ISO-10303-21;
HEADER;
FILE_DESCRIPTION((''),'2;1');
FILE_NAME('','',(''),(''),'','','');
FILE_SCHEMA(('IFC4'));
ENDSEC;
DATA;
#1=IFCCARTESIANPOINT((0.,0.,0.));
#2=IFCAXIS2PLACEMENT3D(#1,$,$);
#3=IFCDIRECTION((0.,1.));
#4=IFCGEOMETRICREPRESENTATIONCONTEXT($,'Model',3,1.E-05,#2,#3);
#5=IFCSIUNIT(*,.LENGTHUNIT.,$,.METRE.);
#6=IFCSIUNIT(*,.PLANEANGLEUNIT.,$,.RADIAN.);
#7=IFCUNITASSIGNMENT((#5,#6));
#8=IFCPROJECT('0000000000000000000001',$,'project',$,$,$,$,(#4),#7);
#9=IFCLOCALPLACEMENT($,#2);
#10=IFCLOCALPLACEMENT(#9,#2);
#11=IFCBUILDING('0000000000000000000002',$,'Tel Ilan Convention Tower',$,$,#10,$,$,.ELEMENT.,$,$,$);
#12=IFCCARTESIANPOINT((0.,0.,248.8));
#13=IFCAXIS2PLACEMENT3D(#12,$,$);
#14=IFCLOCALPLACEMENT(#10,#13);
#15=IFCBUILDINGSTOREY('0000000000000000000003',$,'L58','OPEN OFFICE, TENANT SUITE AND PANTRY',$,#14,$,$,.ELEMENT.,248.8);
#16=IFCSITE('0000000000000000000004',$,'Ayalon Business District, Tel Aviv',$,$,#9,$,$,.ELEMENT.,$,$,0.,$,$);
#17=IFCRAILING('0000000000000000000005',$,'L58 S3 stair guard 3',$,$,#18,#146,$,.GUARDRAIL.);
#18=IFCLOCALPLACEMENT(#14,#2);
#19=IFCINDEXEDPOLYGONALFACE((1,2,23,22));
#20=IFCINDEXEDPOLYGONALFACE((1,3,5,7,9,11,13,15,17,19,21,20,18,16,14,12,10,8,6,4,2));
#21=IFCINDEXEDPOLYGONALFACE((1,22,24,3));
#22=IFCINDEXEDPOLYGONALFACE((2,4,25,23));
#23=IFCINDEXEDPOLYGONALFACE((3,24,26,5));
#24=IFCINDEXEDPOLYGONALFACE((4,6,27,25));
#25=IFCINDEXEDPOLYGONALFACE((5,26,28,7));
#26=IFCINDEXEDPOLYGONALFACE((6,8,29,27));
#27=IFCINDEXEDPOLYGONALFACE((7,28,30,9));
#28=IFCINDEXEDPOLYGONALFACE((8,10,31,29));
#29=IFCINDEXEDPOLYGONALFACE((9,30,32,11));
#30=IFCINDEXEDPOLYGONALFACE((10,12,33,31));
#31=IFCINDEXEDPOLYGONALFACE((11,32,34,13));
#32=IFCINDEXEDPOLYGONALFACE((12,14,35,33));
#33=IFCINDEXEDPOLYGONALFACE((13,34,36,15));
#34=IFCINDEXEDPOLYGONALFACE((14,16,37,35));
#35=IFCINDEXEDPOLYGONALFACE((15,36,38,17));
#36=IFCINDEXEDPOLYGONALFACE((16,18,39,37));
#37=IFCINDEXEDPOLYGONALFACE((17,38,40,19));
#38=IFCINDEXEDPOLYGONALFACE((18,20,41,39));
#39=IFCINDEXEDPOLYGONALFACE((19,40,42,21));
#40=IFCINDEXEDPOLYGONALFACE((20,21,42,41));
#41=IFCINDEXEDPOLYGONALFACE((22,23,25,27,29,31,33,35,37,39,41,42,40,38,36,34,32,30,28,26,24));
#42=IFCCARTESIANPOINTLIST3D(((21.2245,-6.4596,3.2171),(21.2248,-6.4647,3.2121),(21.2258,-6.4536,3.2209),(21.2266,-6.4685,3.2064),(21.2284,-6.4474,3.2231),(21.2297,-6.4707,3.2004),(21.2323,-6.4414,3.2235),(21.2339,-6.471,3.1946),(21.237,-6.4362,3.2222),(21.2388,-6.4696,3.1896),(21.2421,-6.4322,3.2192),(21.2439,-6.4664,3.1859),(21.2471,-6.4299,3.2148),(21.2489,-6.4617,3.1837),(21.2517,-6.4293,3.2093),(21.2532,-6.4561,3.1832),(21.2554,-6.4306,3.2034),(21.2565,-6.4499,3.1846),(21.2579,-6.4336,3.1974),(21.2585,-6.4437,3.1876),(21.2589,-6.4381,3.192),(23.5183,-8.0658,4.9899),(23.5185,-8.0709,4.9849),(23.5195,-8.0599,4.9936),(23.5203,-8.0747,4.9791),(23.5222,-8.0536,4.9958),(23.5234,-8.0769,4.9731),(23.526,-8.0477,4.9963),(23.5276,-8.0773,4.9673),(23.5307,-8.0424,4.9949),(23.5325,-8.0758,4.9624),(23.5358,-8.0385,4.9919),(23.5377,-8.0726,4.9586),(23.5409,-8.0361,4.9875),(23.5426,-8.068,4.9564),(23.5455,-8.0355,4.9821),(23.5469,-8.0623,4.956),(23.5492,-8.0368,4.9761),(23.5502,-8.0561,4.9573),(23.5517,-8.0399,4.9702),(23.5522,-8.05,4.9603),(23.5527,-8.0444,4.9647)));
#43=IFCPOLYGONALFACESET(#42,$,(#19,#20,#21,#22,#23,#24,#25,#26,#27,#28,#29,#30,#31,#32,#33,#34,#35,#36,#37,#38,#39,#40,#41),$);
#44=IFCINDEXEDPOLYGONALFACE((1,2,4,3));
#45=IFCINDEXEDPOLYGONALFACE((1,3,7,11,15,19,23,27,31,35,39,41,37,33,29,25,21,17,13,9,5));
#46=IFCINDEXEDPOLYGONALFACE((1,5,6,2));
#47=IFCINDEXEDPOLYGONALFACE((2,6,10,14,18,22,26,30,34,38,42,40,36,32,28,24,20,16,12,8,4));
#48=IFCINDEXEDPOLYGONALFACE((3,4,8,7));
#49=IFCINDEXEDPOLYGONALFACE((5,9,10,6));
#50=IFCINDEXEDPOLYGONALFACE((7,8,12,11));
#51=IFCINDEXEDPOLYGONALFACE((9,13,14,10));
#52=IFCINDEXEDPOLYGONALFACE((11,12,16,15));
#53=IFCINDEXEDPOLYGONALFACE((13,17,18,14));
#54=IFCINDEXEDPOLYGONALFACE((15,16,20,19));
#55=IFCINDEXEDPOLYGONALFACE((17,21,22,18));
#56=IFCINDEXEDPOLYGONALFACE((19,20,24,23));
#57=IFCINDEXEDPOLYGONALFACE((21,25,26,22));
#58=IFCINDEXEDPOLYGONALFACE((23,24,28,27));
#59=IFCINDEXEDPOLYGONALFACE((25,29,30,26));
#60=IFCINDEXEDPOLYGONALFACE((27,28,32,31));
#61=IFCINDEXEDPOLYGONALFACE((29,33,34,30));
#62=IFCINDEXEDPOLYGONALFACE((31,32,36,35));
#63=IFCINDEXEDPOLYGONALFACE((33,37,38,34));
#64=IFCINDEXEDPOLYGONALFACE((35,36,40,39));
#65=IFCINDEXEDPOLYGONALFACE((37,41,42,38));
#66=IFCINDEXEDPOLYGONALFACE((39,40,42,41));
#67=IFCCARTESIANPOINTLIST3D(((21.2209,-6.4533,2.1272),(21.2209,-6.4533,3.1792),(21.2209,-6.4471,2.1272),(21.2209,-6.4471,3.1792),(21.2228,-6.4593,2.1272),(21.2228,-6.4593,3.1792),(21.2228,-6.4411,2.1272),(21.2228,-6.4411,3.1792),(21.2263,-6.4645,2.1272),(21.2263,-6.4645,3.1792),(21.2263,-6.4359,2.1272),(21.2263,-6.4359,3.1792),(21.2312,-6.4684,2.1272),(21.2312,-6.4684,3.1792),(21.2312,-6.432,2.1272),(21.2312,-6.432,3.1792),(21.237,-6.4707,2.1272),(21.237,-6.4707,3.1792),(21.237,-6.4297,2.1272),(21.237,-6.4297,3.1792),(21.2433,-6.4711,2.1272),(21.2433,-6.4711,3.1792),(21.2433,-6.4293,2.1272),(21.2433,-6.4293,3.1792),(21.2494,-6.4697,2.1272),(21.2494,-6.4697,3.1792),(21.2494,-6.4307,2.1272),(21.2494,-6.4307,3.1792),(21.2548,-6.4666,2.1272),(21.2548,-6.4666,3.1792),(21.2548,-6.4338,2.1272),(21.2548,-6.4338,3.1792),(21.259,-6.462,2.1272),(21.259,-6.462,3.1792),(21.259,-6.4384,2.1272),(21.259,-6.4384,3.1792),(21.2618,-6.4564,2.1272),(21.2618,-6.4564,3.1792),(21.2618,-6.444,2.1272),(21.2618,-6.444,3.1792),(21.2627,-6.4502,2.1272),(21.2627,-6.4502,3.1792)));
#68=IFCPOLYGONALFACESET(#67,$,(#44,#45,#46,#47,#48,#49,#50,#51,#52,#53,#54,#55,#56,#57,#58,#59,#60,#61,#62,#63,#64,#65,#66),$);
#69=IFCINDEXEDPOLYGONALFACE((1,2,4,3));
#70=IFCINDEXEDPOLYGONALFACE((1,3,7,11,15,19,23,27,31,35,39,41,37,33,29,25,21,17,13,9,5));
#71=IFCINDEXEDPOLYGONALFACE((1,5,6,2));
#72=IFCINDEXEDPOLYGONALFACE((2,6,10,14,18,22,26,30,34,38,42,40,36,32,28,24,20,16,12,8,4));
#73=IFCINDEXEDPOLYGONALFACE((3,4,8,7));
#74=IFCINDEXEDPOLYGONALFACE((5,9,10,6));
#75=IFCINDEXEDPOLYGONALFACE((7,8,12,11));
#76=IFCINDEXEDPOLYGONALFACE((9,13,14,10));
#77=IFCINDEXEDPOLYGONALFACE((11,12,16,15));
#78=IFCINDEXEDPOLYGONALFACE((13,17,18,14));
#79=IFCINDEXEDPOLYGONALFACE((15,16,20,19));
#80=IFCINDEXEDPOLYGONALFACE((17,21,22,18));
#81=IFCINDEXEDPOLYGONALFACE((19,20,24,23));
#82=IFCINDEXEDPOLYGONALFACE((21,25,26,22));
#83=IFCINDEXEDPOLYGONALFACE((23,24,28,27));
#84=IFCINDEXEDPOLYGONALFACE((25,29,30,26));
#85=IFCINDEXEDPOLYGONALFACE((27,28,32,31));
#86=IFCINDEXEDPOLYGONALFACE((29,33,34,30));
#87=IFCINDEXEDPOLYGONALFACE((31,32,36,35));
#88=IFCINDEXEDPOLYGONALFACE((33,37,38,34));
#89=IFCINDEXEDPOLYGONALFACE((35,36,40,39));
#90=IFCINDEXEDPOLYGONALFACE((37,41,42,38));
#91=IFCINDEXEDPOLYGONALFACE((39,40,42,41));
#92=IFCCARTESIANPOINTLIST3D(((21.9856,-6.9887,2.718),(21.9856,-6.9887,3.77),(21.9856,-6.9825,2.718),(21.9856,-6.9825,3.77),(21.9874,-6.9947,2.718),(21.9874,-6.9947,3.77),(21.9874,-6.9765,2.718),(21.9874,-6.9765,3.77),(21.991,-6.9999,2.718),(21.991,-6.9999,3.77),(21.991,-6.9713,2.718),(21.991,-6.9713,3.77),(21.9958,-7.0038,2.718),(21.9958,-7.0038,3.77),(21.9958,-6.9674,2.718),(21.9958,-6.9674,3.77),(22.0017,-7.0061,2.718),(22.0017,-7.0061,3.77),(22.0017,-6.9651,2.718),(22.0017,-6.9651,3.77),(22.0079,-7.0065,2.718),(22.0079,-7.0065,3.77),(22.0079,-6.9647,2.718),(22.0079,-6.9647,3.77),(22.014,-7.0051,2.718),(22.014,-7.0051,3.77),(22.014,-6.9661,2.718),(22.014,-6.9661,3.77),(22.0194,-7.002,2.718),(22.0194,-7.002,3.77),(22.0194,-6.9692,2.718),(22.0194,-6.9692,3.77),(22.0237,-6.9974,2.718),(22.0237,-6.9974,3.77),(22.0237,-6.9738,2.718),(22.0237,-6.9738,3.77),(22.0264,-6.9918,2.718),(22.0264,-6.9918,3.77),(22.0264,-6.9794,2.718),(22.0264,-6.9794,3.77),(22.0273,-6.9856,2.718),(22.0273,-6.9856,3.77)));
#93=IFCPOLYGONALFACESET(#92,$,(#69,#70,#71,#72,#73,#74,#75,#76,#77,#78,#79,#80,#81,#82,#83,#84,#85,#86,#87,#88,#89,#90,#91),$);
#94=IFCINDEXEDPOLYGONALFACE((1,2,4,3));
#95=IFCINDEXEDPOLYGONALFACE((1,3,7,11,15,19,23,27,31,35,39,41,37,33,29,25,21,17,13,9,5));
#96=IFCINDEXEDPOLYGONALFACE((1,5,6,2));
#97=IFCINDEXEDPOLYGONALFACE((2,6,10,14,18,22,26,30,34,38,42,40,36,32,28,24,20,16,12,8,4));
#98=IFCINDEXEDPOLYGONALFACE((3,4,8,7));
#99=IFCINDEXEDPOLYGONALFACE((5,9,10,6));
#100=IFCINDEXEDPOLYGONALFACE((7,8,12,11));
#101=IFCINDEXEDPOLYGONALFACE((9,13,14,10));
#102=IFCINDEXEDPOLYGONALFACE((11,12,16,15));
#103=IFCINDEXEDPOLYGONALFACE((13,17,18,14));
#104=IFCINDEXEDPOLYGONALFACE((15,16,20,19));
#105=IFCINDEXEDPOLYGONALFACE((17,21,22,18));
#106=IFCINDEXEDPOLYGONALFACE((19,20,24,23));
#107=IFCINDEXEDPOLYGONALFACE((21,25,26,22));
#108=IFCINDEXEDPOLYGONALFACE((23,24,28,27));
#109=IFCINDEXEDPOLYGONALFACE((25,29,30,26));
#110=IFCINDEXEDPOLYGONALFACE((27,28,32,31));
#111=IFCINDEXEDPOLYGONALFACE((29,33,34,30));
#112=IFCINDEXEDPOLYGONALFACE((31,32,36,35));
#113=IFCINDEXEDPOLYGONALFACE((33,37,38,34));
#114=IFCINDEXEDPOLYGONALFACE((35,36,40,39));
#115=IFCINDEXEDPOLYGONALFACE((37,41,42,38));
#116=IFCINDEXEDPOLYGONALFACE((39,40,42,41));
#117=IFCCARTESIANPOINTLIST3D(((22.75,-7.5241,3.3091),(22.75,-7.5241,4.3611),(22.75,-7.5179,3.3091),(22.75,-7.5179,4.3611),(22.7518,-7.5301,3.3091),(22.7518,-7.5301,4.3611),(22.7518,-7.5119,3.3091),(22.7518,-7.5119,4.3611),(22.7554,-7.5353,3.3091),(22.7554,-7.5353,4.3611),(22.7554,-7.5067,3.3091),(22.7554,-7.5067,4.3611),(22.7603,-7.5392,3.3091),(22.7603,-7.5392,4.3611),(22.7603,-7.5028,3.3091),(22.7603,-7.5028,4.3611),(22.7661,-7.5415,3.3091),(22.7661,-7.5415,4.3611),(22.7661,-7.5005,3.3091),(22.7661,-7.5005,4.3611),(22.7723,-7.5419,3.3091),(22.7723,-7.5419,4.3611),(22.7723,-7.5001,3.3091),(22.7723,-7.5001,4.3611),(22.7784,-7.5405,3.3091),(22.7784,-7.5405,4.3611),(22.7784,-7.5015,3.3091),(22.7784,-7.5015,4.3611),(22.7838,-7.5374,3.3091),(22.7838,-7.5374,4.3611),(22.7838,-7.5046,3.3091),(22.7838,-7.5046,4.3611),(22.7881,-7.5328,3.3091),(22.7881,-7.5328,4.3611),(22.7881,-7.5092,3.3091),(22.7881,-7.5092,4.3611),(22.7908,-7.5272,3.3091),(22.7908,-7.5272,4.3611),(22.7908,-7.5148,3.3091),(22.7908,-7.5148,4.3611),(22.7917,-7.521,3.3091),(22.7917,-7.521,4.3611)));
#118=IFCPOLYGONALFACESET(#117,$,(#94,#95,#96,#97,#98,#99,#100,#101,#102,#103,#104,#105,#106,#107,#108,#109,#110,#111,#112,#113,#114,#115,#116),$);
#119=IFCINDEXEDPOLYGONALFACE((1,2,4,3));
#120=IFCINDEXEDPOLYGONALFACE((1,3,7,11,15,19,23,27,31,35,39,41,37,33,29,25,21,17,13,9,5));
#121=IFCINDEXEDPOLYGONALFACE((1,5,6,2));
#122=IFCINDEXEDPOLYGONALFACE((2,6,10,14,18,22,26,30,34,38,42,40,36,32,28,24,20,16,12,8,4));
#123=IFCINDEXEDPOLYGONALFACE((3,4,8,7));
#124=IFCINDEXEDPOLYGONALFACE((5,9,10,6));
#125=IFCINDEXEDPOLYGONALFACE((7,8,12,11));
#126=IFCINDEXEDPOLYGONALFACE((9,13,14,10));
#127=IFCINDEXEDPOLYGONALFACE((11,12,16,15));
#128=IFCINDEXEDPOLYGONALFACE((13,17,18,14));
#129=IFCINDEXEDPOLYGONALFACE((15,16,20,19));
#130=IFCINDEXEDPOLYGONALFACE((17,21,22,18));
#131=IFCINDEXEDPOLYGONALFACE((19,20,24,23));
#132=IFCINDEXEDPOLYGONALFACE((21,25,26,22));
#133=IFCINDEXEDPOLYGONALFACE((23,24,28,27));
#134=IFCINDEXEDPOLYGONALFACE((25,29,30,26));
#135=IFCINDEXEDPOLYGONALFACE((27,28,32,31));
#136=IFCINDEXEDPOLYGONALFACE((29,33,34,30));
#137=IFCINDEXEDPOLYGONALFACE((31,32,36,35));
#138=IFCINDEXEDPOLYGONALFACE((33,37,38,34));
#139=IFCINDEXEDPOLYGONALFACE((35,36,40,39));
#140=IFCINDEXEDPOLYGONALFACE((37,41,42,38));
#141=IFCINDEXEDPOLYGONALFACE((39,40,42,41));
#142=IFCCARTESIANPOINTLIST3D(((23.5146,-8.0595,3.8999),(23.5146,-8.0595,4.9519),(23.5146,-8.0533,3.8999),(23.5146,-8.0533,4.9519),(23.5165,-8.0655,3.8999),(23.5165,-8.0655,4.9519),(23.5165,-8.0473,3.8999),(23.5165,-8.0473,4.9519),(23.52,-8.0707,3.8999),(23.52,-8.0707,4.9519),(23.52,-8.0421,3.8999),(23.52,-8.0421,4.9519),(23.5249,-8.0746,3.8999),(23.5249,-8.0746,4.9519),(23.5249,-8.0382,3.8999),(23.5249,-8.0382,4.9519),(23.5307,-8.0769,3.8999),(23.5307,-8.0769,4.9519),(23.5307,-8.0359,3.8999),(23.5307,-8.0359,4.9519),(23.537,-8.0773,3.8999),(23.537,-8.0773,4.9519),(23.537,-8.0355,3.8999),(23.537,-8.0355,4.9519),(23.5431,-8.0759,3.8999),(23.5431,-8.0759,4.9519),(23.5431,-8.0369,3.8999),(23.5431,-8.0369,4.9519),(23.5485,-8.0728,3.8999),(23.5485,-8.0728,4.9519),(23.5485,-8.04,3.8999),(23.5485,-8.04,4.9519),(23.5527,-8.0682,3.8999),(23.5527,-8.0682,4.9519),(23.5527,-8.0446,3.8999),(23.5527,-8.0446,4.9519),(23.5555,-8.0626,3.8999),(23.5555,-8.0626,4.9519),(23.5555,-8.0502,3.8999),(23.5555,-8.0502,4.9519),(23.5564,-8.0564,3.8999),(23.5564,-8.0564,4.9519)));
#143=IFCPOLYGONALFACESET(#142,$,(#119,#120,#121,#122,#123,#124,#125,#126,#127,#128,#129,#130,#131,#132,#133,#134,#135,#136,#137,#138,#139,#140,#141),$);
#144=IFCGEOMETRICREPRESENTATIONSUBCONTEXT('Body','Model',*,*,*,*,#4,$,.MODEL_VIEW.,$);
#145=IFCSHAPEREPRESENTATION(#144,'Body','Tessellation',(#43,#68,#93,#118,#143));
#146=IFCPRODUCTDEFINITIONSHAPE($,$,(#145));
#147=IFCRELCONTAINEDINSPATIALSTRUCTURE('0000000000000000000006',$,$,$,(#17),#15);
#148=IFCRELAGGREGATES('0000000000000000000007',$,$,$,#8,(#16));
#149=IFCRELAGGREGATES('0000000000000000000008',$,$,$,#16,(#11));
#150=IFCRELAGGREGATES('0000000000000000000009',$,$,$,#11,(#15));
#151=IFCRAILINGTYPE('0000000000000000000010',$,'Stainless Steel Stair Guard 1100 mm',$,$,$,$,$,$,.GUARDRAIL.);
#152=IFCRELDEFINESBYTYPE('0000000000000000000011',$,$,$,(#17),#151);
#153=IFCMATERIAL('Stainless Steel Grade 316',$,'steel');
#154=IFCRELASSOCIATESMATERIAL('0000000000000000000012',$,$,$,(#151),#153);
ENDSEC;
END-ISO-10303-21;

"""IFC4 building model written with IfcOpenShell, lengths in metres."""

from ifc_helpers import new_model, si_unit, direction, frame, origin, origin_2d, place, context, subcontext, project, spatial, circle, extrude, material, type_object, element, save


model = new_model("IFC4")

# Units and contexts
model_context = context("Model", 3, precision=1e-05, world=origin(), true_north=direction((0.0, 1.0)))
body_context = subcontext(model_context, "Body", "Model", "MODEL_VIEW")
ifc_project = project(units=[si_unit("LENGTHUNIT", "METRE"), si_unit("PLANEANGLEUNIT", "RADIAN")], contexts=[model_context])

# Site, building, storey
site_placement = place(None, origin())
site = spatial("IfcSite", under=ifc_project, at=site_placement, Name="Ayalon Business District, Tel Aviv", CompositionType="ELEMENT", RefElevation=0.0)
building_placement = place(site_placement, origin())
building = spatial("IfcBuilding", under=site, at=building_placement, Name="Tel Ilan Convention Tower", CompositionType="ELEMENT")
storey_placement = place(building_placement, frame((0.0, 0.0, 248.8)))
storey = spatial("IfcBuildingStorey", under=building, at=storey_placement, Name="L58", Description="OPEN OFFICE, TENANT SUITE AND PANTRY", CompositionType="ELEMENT", Elevation=248.8)

# Railing
ifc_material_1 = material(Name="Stainless Steel Grade 316", Category="steel")
railing_type_1 = type_object("IfcRailingType", Name="Stainless Steel Stair Guard 1100 mm", PredefinedType="GUARDRAIL", material=ifc_material_1)
railing_1_placement = place(storey_placement, frame((21.2417, -6.4502, 2.1272)))
element("IfcRailing", 1, at=railing_1_placement, inside=storey, type_object=railing_type_1, Name="L58 S3 stair guard 3", PredefinedType="GUARDRAIL", context=body_context, shape_type="SweptSolid", body=[
    extrude(circle(Radius=0.0239, at=origin_2d()), frame((0.0, 0.0, 1.0762), z_axis=(0.692098, -0.484653, 0.534894), x_axis=(0.573609, 0.81913, 0.0)), (0.0, 0.0, 1.0), 3.3142),
    extrude(circle(Radius=0.021, at=origin_2d()), origin(), (0.0, 0.0, 1.0), 1.052),
    extrude(circle(Radius=0.021, at=origin_2d()), frame((0.7646, -0.5354, 0.5908)), (0.0, 0.0, 1.0), 1.052),
    extrude(circle(Radius=0.021, at=origin_2d()), frame((1.5291, -1.0708, 1.1819)), (0.0, 0.0, 1.0), 1.052),
    extrude(circle(Radius=0.021, at=origin_2d()), frame((2.2937, -1.6062, 1.7727)), (0.0, 0.0, 1.0), 1.052),
])

save(model, "model.ifc")
